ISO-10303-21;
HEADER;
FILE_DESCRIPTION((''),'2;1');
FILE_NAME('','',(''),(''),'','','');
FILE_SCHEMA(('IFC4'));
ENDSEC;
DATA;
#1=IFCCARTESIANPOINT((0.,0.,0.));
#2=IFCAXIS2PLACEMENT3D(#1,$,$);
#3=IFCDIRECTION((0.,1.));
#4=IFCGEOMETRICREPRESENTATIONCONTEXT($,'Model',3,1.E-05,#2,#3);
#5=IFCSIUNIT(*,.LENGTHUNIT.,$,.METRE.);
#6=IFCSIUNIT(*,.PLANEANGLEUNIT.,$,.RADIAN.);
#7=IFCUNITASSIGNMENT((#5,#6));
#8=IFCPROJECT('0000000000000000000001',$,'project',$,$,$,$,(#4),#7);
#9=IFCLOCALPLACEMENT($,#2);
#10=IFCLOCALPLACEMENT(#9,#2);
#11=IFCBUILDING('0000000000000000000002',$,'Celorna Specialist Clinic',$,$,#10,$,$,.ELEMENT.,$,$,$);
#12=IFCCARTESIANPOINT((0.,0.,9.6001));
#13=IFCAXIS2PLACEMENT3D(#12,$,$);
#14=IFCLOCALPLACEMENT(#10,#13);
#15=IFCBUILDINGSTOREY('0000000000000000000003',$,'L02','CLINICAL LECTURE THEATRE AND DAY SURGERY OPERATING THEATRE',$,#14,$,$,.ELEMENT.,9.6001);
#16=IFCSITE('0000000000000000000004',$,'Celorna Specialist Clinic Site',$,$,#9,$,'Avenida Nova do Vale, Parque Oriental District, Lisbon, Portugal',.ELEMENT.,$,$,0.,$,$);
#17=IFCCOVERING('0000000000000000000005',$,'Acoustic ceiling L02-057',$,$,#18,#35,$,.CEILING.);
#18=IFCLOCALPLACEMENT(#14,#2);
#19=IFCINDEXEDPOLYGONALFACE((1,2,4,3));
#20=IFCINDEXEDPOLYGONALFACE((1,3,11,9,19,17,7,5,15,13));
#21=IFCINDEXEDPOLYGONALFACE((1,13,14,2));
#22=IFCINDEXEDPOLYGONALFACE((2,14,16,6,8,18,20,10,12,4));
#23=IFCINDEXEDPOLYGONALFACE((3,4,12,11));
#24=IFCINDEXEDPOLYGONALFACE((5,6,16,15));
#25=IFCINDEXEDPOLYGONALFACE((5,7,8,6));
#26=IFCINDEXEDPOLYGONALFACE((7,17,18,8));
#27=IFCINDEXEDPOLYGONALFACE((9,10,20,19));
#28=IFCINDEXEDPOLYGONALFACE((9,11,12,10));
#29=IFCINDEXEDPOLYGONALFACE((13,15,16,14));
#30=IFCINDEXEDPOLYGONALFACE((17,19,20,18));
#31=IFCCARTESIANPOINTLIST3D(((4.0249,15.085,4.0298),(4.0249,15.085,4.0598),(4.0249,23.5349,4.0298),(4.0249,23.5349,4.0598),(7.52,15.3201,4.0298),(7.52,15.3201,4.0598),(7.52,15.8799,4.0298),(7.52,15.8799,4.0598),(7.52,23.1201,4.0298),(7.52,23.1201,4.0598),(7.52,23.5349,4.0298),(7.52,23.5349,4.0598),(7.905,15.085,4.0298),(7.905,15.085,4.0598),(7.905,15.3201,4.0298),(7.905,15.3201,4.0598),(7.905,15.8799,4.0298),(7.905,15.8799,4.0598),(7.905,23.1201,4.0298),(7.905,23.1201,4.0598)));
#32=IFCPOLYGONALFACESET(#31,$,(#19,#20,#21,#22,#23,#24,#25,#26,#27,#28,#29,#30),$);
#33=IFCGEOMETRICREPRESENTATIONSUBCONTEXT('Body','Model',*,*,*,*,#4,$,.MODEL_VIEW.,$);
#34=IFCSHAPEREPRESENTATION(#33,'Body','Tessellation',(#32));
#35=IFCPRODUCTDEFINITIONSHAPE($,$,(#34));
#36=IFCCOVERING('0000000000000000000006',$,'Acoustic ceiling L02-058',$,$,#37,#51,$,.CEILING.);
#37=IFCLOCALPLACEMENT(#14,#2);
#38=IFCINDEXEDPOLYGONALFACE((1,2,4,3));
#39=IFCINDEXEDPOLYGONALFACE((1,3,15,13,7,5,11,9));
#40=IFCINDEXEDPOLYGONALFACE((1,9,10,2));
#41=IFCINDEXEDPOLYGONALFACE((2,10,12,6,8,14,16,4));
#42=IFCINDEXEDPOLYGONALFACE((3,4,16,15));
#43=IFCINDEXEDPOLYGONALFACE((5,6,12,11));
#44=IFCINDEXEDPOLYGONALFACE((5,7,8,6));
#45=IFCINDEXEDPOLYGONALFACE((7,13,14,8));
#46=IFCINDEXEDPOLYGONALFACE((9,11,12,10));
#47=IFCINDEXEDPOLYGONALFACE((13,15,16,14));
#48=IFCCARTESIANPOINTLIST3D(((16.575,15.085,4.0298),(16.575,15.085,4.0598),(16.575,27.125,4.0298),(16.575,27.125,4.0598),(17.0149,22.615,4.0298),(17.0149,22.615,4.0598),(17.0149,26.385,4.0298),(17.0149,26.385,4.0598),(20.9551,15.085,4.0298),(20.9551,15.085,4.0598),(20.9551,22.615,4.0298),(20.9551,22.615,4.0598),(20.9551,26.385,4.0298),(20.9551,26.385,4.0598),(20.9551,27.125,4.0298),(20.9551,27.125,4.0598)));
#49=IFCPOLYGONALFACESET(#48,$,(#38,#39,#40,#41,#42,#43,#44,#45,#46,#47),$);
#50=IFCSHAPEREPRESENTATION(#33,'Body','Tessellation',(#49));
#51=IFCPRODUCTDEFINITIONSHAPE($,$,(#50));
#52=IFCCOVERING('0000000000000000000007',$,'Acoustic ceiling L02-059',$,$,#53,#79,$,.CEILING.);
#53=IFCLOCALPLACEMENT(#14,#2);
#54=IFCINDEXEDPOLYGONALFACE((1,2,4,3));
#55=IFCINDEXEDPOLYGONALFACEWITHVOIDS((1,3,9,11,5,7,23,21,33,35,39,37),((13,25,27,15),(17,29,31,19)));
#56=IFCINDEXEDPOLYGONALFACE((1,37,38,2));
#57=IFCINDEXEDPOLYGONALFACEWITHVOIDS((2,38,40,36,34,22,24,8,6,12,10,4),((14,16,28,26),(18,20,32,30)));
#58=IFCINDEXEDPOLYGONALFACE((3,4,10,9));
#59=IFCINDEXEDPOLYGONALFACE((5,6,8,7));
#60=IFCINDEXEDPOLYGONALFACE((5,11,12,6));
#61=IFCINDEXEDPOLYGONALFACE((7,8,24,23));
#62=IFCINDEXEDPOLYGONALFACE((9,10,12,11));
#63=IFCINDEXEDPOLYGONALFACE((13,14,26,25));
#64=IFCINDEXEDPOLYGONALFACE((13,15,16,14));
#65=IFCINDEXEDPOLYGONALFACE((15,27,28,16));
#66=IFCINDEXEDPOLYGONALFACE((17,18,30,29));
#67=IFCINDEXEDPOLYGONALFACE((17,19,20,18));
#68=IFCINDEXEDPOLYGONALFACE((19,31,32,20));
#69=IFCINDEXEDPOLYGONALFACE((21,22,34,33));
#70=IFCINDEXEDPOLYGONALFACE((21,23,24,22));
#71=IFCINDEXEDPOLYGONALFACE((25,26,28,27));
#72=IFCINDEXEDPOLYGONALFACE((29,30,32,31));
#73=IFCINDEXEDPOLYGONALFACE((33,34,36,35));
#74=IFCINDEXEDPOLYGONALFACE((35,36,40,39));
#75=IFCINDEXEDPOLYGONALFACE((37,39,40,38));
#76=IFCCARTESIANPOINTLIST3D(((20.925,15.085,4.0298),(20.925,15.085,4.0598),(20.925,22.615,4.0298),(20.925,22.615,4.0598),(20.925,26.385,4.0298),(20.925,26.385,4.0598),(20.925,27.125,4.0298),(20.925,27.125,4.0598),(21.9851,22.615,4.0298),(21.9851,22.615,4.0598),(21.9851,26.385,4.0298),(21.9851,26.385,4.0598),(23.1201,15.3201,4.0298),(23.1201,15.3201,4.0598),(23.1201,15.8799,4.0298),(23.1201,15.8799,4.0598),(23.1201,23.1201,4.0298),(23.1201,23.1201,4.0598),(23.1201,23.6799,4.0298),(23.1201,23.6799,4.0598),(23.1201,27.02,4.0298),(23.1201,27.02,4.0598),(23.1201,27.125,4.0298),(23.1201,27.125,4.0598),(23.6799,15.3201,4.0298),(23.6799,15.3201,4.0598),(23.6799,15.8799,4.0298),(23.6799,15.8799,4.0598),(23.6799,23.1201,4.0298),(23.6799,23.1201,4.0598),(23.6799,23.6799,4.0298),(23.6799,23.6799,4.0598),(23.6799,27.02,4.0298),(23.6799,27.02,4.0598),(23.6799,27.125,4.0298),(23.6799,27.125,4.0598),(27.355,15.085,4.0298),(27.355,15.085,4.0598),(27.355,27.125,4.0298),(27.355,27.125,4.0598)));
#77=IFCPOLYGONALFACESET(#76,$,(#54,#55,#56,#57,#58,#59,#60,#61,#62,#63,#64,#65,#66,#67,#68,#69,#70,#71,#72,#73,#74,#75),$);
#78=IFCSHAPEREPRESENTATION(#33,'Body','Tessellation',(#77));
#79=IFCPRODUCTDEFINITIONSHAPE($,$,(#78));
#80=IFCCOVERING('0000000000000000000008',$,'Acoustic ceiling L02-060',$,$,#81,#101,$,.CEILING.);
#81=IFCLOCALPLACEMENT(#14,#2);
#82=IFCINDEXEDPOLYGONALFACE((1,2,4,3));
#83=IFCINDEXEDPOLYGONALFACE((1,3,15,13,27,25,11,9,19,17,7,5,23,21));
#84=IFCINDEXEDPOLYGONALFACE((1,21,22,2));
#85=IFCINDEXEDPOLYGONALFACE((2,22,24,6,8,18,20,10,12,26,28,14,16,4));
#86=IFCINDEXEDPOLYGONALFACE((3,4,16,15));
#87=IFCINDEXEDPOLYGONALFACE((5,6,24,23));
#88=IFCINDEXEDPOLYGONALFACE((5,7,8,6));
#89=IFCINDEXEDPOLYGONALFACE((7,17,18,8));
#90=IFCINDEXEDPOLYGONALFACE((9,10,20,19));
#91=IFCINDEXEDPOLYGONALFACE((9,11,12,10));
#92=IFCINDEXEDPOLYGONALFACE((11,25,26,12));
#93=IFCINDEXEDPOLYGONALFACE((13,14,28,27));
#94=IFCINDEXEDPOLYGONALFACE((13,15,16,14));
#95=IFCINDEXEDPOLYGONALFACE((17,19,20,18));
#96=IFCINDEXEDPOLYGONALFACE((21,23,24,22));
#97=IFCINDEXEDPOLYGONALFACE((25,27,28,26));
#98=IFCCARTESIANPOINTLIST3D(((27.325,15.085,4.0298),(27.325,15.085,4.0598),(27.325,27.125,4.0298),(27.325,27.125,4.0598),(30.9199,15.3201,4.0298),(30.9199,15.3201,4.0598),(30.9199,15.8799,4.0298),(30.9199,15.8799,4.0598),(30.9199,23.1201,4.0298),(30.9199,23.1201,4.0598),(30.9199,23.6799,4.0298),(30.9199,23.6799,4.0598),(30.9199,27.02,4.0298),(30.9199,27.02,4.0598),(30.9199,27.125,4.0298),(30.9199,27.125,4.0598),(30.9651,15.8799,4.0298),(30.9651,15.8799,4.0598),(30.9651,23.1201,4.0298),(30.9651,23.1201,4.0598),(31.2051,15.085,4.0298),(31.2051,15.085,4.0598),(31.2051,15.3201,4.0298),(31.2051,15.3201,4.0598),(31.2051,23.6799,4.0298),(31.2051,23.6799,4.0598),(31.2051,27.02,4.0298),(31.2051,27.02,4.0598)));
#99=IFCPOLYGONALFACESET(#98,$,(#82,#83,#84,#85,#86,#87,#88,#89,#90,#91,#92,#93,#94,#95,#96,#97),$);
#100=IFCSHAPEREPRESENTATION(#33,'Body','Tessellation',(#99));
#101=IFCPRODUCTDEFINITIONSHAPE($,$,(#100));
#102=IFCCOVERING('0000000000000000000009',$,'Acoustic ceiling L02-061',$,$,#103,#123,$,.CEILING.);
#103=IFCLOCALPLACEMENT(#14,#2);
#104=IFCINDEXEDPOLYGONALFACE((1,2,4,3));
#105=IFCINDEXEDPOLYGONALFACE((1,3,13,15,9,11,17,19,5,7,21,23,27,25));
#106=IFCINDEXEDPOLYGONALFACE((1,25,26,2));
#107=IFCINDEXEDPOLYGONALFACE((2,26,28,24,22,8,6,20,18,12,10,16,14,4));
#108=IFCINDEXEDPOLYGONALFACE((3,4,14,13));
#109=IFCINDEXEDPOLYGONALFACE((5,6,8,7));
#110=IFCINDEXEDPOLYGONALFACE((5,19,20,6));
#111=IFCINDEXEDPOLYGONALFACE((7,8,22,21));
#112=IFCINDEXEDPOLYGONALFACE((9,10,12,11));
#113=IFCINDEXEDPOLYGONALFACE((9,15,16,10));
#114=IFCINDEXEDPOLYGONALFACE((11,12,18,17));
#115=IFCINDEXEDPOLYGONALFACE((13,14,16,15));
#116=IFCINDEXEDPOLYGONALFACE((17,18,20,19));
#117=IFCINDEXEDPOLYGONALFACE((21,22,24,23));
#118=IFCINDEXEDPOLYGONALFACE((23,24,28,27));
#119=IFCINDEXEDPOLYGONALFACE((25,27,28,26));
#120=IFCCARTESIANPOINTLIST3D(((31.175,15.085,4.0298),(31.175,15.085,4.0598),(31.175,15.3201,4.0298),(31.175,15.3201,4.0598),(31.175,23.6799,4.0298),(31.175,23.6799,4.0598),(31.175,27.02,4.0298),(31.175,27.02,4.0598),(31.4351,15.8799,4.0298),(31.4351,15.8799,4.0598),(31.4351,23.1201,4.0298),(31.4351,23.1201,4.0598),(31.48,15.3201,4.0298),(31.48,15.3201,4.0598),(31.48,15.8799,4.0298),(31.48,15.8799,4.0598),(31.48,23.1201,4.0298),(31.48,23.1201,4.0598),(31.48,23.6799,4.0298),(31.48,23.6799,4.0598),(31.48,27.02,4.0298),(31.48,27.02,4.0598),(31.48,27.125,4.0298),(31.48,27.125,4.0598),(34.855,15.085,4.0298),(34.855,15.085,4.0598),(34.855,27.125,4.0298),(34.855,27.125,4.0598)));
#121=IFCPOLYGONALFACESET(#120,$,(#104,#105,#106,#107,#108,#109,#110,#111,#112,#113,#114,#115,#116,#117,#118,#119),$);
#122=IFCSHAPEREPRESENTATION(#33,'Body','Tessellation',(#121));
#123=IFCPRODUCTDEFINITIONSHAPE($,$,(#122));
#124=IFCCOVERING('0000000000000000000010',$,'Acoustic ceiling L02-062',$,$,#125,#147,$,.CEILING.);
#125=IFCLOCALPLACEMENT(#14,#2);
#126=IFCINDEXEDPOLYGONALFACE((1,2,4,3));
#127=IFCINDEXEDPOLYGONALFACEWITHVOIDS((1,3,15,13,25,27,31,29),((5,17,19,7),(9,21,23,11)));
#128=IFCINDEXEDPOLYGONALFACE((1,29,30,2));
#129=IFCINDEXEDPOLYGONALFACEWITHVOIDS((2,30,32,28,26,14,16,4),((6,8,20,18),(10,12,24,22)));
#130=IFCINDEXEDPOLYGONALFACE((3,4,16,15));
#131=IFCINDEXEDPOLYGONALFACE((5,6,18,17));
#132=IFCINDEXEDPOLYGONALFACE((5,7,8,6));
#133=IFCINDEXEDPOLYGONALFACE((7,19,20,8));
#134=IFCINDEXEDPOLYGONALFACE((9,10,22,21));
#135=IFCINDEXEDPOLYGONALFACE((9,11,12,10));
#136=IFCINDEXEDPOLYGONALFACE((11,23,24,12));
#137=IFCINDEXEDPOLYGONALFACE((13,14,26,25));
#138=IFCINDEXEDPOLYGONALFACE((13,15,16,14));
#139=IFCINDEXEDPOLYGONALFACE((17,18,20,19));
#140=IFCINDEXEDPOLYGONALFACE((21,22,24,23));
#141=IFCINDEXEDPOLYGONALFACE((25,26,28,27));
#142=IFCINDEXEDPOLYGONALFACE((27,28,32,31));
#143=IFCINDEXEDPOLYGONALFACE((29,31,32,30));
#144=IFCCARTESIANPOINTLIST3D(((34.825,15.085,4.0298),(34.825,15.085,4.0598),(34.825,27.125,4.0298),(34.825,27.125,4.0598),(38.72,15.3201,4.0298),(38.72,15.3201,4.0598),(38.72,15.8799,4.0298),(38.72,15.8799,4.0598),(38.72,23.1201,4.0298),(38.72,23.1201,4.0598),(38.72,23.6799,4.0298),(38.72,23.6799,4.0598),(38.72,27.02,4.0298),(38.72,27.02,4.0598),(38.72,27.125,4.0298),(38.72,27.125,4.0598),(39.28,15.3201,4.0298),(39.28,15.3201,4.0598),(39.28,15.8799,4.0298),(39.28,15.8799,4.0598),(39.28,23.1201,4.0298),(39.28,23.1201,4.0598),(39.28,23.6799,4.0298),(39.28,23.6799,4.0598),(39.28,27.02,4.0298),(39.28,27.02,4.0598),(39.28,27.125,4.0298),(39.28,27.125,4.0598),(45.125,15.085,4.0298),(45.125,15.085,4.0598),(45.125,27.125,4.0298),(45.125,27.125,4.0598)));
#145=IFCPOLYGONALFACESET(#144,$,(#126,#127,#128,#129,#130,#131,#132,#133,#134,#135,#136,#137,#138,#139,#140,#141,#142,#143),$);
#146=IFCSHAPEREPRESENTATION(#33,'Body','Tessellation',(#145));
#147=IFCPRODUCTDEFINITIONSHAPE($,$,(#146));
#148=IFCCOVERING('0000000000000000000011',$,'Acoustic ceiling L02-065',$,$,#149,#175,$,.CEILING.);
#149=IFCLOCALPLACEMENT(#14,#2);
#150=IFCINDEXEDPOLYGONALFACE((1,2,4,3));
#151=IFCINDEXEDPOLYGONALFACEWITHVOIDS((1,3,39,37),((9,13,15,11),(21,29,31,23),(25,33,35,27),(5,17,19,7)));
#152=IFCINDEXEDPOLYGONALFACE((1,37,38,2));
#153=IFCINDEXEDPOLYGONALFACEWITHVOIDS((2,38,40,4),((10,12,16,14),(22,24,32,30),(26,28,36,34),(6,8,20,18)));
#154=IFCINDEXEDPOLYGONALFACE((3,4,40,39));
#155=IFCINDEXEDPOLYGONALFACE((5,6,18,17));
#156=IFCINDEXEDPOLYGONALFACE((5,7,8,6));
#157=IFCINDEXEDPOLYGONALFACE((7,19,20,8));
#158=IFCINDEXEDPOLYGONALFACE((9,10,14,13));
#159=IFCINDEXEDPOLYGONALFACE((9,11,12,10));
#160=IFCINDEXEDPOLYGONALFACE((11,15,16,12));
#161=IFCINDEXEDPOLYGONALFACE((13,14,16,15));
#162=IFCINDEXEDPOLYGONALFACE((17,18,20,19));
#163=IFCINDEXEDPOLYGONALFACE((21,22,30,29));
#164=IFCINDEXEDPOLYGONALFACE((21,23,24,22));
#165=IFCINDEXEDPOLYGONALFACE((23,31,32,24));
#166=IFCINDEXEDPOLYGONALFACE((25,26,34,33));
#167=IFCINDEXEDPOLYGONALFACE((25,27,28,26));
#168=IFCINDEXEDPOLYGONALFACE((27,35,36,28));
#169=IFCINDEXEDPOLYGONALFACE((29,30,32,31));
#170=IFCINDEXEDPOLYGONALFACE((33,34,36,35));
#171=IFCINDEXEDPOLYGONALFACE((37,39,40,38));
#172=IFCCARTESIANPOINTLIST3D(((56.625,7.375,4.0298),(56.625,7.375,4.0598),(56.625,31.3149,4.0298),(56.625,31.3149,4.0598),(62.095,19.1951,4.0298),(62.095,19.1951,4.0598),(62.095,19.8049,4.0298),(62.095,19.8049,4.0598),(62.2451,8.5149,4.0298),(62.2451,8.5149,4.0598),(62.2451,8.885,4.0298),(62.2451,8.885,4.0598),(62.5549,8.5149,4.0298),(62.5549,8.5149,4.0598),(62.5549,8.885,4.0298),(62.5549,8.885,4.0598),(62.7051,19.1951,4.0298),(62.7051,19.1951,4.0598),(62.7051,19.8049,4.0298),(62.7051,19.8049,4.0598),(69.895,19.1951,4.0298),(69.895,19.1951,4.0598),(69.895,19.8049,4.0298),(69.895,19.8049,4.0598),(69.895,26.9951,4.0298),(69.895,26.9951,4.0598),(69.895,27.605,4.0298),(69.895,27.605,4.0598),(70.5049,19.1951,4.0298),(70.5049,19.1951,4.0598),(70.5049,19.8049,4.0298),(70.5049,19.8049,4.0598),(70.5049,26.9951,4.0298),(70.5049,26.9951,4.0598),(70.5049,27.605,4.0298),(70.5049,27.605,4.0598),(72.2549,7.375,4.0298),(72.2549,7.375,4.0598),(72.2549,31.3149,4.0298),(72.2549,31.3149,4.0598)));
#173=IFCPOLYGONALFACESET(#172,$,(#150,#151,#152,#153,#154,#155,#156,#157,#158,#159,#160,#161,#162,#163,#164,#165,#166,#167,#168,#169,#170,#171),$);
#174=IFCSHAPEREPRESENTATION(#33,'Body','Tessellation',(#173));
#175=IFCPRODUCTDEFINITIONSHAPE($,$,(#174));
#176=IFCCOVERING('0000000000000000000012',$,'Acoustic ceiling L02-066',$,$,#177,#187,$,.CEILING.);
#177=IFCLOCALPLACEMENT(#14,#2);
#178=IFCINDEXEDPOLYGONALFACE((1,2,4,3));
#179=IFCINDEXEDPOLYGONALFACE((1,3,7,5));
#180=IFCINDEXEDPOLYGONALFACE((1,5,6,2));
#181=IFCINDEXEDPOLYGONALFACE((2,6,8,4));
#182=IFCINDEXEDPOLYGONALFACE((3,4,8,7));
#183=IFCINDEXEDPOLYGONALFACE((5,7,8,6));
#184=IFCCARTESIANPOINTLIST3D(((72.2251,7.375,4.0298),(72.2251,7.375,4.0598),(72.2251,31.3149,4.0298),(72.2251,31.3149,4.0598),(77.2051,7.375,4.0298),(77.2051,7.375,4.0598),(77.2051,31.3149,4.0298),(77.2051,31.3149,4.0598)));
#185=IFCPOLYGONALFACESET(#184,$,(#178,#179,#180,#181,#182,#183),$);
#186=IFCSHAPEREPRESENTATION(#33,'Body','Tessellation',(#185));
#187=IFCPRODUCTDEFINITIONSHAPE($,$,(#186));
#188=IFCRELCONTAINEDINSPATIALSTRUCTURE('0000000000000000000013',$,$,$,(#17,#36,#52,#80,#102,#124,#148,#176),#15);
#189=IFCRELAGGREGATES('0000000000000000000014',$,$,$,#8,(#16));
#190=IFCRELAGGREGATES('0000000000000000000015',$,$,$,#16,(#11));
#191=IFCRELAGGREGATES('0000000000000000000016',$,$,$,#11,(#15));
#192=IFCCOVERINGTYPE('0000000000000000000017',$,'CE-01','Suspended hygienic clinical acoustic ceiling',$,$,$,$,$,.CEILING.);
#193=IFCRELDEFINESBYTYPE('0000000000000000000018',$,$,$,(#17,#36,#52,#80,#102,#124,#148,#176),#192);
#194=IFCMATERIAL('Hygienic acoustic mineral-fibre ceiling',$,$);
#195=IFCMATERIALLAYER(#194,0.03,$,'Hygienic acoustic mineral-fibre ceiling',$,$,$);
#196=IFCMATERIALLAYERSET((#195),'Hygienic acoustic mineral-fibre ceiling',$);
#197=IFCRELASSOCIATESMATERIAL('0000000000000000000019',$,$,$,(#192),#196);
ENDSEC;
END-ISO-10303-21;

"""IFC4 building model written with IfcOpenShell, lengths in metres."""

from ifc_helpers import new_model, si_unit, direction, frame, origin, place, context, subcontext, project, spatial, polyline, outline, extrude, material, layer, layer_set, type_object, element, save


model = new_model("IFC4")

# Units and contexts
model_context = context("Model", 3, precision=1e-05, world=origin(), true_north=direction((0.0, 1.0)))
body_context = subcontext(model_context, "Body", "Model", "MODEL_VIEW")
ifc_project = project(units=[si_unit("LENGTHUNIT", "METRE"), si_unit("PLANEANGLEUNIT", "RADIAN")], contexts=[model_context])

# Site, building, storey
site_placement = place(None, origin())
site = spatial("IfcSite", under=ifc_project, at=site_placement, Name="Celorna Specialist Clinic Site", LongName="Avenida Nova do Vale, Parque Oriental District, Lisbon, Portugal", CompositionType="ELEMENT", RefElevation=0.0)
building_placement = place(site_placement, origin())
building = spatial("IfcBuilding", under=site, at=building_placement, Name="Celorna Specialist Clinic", CompositionType="ELEMENT")
storey_placement = place(building_placement, frame((0.0, 0.0, 9.6001)))
storey = spatial("IfcBuildingStorey", under=building, at=storey_placement, Name="L02", Description="CLINICAL LECTURE THEATRE AND DAY SURGERY OPERATING THEATRE", CompositionType="ELEMENT", Elevation=9.6001)

# Coverings
ifc_material_1 = material(Name="Hygienic acoustic mineral-fibre ceiling")
ifc_layer_1 = layer(ifc_material_1, 0.03, Name="Hygienic acoustic mineral-fibre ceiling")
ifc_layer_set_1 = layer_set([ifc_layer_1], Name="Hygienic acoustic mineral-fibre ceiling")
covering_type_1 = type_object("IfcCoveringType", Name="CE-01", Description="Suspended hygienic clinical acoustic ceiling", PredefinedType="CEILING", material=ifc_layer_set_1)
covering_1_placement = place(storey_placement, frame((0.0, 0.0, 4.0298)))
element("IfcCovering", 1, at=covering_1_placement, inside=storey, type_object=covering_type_1, Name="Acoustic ceiling L02-057", PredefinedType="CEILING", context=body_context, shape_type="SweptSolid", body=[
    extrude(outline(polyline([(7.905, 15.085), (4.0249, 15.085), (4.0249, 23.5349), (7.52, 23.5349), (7.52, 23.1201), (7.905, 23.1201), (7.905, 15.8799), (7.52, 15.8799), (7.52, 15.3201), (7.905, 15.3201), (7.905, 15.085)])), origin(), (0.0, 0.0, 1.0), 0.03),
])
covering_2_placement = place(storey_placement, frame((0.0, 0.0, 4.0298)))
element("IfcCovering", 2, at=covering_2_placement, inside=storey, type_object=covering_type_1, Name="Acoustic ceiling L02-058", PredefinedType="CEILING", context=body_context, shape_type="SweptSolid", body=[
    extrude(outline(polyline([(16.575, 27.125), (20.9551, 27.125), (20.9551, 26.385), (17.0149, 26.385), (17.0149, 22.615), (20.9551, 22.615), (20.9551, 15.085), (16.575, 15.085), (16.575, 27.125)])), origin(), (0.0, 0.0, 1.0), 0.03),
])
covering_3_placement = place(storey_placement, frame((0.0, 0.0, 4.0298)))
element("IfcCovering", 3, at=covering_3_placement, inside=storey, type_object=covering_type_1, Name="Acoustic ceiling L02-059", PredefinedType="CEILING", context=body_context, shape_type="SweptSolid", body=[
    extrude(outline(polyline([(27.355, 27.125), (27.355, 15.085), (20.925, 15.085), (20.925, 22.615), (21.9851, 22.615), (21.9851, 26.385), (20.925, 26.385), (20.925, 27.125), (23.1201, 27.125), (23.1201, 27.02), (23.6799, 27.02), (23.6799, 27.125), (27.355, 27.125)]), holes=[polyline([(23.6799, 15.8799), (23.1201, 15.8799), (23.1201, 15.3201), (23.6799, 15.3201), (23.6799, 15.8799)]), polyline([(23.6799, 23.6799), (23.1201, 23.6799), (23.1201, 23.1201), (23.6799, 23.1201), (23.6799, 23.6799)])]), origin(), (0.0, 0.0, 1.0), 0.03),
])
covering_4_placement = place(storey_placement, frame((0.0, 0.0, 4.0298)))
element("IfcCovering", 4, at=covering_4_placement, inside=storey, type_object=covering_type_1, Name="Acoustic ceiling L02-060", PredefinedType="CEILING", context=body_context, shape_type="SweptSolid", body=[
    extrude(outline(polyline([(27.325, 27.125), (30.9199, 27.125), (30.9199, 27.02), (31.2051, 27.02), (31.2051, 23.6799), (30.9199, 23.6799), (30.9199, 23.1201), (30.9651, 23.1201), (30.9651, 15.8799), (30.9199, 15.8799), (30.9199, 15.3201), (31.2051, 15.3201), (31.2051, 15.085), (27.325, 15.085), (27.325, 27.125)])), origin(), (0.0, 0.0, 1.0), 0.03),
])
covering_5_placement = place(storey_placement, frame((0.0, 0.0, 4.0298)))
element("IfcCovering", 5, at=covering_5_placement, inside=storey, type_object=covering_type_1, Name="Acoustic ceiling L02-061", PredefinedType="CEILING", context=body_context, shape_type="SweptSolid", body=[
    extrude(outline(polyline([(31.4351, 23.1201), (31.48, 23.1201), (31.48, 23.6799), (31.175, 23.6799), (31.175, 27.02), (31.48, 27.02), (31.48, 27.125), (34.855, 27.125), (34.855, 15.085), (31.175, 15.085), (31.175, 15.3201), (31.48, 15.3201), (31.48, 15.8799), (31.4351, 15.8799), (31.4351, 23.1201)])), origin(), (0.0, 0.0, 1.0), 0.03),
])
covering_6_placement = place(storey_placement, frame((0.0, 0.0, 4.0298)))
element("IfcCovering", 6, at=covering_6_placement, inside=storey, type_object=covering_type_1, Name="Acoustic ceiling L02-062", PredefinedType="CEILING", context=body_context, shape_type="SweptSolid", body=[
    extrude(outline(polyline([(38.72, 27.125), (38.72, 27.02), (39.28, 27.02), (39.28, 27.125), (45.125, 27.125), (45.125, 15.085), (34.825, 15.085), (34.825, 27.125), (38.72, 27.125)]), holes=[polyline([(39.28, 15.8799), (38.72, 15.8799), (38.72, 15.3201), (39.28, 15.3201), (39.28, 15.8799)]), polyline([(39.28, 23.6799), (38.72, 23.6799), (38.72, 23.1201), (39.28, 23.1201), (39.28, 23.6799)])]), origin(), (0.0, 0.0, 1.0), 0.03),
])
covering_7_placement = place(storey_placement, frame((0.0, 0.0, 4.0298)))
element("IfcCovering", 7, at=covering_7_placement, inside=storey, type_object=covering_type_1, Name="Acoustic ceiling L02-065", PredefinedType="CEILING", context=body_context, shape_type="SweptSolid", body=[
    extrude(outline(polyline([(72.2549, 31.3149), (72.2549, 7.375), (56.625, 7.375), (56.625, 31.3149), (72.2549, 31.3149)]), holes=[polyline([(62.5549, 8.885), (62.2451, 8.885), (62.2451, 8.5149), (62.5549, 8.5149), (62.5549, 8.885)]), polyline([(62.7051, 19.8049), (62.095, 19.8049), (62.095, 19.1951), (62.7051, 19.1951), (62.7051, 19.8049)]), polyline([(70.5049, 19.8049), (69.895, 19.8049), (69.895, 19.1951), (70.5049, 19.1951), (70.5049, 19.8049)]), polyline([(70.5049, 27.605), (69.895, 27.605), (69.895, 26.9951), (70.5049, 26.9951), (70.5049, 27.605)])]), origin(), (0.0, 0.0, 1.0), 0.03),
])
covering_8_placement = place(storey_placement, frame((0.0, 0.0, 4.0298)))
element("IfcCovering", 8, at=covering_8_placement, inside=storey, type_object=covering_type_1, Name="Acoustic ceiling L02-066", PredefinedType="CEILING", context=body_context, shape_type="SweptSolid", body=[
    extrude(outline(polyline([(77.2051, 31.3149), (77.2051, 7.375), (72.2251, 7.375), (72.2251, 31.3149), (77.2051, 31.3149)])), origin(), (0.0, 0.0, 1.0), 0.03),
])

save(model, "model.ifc")
